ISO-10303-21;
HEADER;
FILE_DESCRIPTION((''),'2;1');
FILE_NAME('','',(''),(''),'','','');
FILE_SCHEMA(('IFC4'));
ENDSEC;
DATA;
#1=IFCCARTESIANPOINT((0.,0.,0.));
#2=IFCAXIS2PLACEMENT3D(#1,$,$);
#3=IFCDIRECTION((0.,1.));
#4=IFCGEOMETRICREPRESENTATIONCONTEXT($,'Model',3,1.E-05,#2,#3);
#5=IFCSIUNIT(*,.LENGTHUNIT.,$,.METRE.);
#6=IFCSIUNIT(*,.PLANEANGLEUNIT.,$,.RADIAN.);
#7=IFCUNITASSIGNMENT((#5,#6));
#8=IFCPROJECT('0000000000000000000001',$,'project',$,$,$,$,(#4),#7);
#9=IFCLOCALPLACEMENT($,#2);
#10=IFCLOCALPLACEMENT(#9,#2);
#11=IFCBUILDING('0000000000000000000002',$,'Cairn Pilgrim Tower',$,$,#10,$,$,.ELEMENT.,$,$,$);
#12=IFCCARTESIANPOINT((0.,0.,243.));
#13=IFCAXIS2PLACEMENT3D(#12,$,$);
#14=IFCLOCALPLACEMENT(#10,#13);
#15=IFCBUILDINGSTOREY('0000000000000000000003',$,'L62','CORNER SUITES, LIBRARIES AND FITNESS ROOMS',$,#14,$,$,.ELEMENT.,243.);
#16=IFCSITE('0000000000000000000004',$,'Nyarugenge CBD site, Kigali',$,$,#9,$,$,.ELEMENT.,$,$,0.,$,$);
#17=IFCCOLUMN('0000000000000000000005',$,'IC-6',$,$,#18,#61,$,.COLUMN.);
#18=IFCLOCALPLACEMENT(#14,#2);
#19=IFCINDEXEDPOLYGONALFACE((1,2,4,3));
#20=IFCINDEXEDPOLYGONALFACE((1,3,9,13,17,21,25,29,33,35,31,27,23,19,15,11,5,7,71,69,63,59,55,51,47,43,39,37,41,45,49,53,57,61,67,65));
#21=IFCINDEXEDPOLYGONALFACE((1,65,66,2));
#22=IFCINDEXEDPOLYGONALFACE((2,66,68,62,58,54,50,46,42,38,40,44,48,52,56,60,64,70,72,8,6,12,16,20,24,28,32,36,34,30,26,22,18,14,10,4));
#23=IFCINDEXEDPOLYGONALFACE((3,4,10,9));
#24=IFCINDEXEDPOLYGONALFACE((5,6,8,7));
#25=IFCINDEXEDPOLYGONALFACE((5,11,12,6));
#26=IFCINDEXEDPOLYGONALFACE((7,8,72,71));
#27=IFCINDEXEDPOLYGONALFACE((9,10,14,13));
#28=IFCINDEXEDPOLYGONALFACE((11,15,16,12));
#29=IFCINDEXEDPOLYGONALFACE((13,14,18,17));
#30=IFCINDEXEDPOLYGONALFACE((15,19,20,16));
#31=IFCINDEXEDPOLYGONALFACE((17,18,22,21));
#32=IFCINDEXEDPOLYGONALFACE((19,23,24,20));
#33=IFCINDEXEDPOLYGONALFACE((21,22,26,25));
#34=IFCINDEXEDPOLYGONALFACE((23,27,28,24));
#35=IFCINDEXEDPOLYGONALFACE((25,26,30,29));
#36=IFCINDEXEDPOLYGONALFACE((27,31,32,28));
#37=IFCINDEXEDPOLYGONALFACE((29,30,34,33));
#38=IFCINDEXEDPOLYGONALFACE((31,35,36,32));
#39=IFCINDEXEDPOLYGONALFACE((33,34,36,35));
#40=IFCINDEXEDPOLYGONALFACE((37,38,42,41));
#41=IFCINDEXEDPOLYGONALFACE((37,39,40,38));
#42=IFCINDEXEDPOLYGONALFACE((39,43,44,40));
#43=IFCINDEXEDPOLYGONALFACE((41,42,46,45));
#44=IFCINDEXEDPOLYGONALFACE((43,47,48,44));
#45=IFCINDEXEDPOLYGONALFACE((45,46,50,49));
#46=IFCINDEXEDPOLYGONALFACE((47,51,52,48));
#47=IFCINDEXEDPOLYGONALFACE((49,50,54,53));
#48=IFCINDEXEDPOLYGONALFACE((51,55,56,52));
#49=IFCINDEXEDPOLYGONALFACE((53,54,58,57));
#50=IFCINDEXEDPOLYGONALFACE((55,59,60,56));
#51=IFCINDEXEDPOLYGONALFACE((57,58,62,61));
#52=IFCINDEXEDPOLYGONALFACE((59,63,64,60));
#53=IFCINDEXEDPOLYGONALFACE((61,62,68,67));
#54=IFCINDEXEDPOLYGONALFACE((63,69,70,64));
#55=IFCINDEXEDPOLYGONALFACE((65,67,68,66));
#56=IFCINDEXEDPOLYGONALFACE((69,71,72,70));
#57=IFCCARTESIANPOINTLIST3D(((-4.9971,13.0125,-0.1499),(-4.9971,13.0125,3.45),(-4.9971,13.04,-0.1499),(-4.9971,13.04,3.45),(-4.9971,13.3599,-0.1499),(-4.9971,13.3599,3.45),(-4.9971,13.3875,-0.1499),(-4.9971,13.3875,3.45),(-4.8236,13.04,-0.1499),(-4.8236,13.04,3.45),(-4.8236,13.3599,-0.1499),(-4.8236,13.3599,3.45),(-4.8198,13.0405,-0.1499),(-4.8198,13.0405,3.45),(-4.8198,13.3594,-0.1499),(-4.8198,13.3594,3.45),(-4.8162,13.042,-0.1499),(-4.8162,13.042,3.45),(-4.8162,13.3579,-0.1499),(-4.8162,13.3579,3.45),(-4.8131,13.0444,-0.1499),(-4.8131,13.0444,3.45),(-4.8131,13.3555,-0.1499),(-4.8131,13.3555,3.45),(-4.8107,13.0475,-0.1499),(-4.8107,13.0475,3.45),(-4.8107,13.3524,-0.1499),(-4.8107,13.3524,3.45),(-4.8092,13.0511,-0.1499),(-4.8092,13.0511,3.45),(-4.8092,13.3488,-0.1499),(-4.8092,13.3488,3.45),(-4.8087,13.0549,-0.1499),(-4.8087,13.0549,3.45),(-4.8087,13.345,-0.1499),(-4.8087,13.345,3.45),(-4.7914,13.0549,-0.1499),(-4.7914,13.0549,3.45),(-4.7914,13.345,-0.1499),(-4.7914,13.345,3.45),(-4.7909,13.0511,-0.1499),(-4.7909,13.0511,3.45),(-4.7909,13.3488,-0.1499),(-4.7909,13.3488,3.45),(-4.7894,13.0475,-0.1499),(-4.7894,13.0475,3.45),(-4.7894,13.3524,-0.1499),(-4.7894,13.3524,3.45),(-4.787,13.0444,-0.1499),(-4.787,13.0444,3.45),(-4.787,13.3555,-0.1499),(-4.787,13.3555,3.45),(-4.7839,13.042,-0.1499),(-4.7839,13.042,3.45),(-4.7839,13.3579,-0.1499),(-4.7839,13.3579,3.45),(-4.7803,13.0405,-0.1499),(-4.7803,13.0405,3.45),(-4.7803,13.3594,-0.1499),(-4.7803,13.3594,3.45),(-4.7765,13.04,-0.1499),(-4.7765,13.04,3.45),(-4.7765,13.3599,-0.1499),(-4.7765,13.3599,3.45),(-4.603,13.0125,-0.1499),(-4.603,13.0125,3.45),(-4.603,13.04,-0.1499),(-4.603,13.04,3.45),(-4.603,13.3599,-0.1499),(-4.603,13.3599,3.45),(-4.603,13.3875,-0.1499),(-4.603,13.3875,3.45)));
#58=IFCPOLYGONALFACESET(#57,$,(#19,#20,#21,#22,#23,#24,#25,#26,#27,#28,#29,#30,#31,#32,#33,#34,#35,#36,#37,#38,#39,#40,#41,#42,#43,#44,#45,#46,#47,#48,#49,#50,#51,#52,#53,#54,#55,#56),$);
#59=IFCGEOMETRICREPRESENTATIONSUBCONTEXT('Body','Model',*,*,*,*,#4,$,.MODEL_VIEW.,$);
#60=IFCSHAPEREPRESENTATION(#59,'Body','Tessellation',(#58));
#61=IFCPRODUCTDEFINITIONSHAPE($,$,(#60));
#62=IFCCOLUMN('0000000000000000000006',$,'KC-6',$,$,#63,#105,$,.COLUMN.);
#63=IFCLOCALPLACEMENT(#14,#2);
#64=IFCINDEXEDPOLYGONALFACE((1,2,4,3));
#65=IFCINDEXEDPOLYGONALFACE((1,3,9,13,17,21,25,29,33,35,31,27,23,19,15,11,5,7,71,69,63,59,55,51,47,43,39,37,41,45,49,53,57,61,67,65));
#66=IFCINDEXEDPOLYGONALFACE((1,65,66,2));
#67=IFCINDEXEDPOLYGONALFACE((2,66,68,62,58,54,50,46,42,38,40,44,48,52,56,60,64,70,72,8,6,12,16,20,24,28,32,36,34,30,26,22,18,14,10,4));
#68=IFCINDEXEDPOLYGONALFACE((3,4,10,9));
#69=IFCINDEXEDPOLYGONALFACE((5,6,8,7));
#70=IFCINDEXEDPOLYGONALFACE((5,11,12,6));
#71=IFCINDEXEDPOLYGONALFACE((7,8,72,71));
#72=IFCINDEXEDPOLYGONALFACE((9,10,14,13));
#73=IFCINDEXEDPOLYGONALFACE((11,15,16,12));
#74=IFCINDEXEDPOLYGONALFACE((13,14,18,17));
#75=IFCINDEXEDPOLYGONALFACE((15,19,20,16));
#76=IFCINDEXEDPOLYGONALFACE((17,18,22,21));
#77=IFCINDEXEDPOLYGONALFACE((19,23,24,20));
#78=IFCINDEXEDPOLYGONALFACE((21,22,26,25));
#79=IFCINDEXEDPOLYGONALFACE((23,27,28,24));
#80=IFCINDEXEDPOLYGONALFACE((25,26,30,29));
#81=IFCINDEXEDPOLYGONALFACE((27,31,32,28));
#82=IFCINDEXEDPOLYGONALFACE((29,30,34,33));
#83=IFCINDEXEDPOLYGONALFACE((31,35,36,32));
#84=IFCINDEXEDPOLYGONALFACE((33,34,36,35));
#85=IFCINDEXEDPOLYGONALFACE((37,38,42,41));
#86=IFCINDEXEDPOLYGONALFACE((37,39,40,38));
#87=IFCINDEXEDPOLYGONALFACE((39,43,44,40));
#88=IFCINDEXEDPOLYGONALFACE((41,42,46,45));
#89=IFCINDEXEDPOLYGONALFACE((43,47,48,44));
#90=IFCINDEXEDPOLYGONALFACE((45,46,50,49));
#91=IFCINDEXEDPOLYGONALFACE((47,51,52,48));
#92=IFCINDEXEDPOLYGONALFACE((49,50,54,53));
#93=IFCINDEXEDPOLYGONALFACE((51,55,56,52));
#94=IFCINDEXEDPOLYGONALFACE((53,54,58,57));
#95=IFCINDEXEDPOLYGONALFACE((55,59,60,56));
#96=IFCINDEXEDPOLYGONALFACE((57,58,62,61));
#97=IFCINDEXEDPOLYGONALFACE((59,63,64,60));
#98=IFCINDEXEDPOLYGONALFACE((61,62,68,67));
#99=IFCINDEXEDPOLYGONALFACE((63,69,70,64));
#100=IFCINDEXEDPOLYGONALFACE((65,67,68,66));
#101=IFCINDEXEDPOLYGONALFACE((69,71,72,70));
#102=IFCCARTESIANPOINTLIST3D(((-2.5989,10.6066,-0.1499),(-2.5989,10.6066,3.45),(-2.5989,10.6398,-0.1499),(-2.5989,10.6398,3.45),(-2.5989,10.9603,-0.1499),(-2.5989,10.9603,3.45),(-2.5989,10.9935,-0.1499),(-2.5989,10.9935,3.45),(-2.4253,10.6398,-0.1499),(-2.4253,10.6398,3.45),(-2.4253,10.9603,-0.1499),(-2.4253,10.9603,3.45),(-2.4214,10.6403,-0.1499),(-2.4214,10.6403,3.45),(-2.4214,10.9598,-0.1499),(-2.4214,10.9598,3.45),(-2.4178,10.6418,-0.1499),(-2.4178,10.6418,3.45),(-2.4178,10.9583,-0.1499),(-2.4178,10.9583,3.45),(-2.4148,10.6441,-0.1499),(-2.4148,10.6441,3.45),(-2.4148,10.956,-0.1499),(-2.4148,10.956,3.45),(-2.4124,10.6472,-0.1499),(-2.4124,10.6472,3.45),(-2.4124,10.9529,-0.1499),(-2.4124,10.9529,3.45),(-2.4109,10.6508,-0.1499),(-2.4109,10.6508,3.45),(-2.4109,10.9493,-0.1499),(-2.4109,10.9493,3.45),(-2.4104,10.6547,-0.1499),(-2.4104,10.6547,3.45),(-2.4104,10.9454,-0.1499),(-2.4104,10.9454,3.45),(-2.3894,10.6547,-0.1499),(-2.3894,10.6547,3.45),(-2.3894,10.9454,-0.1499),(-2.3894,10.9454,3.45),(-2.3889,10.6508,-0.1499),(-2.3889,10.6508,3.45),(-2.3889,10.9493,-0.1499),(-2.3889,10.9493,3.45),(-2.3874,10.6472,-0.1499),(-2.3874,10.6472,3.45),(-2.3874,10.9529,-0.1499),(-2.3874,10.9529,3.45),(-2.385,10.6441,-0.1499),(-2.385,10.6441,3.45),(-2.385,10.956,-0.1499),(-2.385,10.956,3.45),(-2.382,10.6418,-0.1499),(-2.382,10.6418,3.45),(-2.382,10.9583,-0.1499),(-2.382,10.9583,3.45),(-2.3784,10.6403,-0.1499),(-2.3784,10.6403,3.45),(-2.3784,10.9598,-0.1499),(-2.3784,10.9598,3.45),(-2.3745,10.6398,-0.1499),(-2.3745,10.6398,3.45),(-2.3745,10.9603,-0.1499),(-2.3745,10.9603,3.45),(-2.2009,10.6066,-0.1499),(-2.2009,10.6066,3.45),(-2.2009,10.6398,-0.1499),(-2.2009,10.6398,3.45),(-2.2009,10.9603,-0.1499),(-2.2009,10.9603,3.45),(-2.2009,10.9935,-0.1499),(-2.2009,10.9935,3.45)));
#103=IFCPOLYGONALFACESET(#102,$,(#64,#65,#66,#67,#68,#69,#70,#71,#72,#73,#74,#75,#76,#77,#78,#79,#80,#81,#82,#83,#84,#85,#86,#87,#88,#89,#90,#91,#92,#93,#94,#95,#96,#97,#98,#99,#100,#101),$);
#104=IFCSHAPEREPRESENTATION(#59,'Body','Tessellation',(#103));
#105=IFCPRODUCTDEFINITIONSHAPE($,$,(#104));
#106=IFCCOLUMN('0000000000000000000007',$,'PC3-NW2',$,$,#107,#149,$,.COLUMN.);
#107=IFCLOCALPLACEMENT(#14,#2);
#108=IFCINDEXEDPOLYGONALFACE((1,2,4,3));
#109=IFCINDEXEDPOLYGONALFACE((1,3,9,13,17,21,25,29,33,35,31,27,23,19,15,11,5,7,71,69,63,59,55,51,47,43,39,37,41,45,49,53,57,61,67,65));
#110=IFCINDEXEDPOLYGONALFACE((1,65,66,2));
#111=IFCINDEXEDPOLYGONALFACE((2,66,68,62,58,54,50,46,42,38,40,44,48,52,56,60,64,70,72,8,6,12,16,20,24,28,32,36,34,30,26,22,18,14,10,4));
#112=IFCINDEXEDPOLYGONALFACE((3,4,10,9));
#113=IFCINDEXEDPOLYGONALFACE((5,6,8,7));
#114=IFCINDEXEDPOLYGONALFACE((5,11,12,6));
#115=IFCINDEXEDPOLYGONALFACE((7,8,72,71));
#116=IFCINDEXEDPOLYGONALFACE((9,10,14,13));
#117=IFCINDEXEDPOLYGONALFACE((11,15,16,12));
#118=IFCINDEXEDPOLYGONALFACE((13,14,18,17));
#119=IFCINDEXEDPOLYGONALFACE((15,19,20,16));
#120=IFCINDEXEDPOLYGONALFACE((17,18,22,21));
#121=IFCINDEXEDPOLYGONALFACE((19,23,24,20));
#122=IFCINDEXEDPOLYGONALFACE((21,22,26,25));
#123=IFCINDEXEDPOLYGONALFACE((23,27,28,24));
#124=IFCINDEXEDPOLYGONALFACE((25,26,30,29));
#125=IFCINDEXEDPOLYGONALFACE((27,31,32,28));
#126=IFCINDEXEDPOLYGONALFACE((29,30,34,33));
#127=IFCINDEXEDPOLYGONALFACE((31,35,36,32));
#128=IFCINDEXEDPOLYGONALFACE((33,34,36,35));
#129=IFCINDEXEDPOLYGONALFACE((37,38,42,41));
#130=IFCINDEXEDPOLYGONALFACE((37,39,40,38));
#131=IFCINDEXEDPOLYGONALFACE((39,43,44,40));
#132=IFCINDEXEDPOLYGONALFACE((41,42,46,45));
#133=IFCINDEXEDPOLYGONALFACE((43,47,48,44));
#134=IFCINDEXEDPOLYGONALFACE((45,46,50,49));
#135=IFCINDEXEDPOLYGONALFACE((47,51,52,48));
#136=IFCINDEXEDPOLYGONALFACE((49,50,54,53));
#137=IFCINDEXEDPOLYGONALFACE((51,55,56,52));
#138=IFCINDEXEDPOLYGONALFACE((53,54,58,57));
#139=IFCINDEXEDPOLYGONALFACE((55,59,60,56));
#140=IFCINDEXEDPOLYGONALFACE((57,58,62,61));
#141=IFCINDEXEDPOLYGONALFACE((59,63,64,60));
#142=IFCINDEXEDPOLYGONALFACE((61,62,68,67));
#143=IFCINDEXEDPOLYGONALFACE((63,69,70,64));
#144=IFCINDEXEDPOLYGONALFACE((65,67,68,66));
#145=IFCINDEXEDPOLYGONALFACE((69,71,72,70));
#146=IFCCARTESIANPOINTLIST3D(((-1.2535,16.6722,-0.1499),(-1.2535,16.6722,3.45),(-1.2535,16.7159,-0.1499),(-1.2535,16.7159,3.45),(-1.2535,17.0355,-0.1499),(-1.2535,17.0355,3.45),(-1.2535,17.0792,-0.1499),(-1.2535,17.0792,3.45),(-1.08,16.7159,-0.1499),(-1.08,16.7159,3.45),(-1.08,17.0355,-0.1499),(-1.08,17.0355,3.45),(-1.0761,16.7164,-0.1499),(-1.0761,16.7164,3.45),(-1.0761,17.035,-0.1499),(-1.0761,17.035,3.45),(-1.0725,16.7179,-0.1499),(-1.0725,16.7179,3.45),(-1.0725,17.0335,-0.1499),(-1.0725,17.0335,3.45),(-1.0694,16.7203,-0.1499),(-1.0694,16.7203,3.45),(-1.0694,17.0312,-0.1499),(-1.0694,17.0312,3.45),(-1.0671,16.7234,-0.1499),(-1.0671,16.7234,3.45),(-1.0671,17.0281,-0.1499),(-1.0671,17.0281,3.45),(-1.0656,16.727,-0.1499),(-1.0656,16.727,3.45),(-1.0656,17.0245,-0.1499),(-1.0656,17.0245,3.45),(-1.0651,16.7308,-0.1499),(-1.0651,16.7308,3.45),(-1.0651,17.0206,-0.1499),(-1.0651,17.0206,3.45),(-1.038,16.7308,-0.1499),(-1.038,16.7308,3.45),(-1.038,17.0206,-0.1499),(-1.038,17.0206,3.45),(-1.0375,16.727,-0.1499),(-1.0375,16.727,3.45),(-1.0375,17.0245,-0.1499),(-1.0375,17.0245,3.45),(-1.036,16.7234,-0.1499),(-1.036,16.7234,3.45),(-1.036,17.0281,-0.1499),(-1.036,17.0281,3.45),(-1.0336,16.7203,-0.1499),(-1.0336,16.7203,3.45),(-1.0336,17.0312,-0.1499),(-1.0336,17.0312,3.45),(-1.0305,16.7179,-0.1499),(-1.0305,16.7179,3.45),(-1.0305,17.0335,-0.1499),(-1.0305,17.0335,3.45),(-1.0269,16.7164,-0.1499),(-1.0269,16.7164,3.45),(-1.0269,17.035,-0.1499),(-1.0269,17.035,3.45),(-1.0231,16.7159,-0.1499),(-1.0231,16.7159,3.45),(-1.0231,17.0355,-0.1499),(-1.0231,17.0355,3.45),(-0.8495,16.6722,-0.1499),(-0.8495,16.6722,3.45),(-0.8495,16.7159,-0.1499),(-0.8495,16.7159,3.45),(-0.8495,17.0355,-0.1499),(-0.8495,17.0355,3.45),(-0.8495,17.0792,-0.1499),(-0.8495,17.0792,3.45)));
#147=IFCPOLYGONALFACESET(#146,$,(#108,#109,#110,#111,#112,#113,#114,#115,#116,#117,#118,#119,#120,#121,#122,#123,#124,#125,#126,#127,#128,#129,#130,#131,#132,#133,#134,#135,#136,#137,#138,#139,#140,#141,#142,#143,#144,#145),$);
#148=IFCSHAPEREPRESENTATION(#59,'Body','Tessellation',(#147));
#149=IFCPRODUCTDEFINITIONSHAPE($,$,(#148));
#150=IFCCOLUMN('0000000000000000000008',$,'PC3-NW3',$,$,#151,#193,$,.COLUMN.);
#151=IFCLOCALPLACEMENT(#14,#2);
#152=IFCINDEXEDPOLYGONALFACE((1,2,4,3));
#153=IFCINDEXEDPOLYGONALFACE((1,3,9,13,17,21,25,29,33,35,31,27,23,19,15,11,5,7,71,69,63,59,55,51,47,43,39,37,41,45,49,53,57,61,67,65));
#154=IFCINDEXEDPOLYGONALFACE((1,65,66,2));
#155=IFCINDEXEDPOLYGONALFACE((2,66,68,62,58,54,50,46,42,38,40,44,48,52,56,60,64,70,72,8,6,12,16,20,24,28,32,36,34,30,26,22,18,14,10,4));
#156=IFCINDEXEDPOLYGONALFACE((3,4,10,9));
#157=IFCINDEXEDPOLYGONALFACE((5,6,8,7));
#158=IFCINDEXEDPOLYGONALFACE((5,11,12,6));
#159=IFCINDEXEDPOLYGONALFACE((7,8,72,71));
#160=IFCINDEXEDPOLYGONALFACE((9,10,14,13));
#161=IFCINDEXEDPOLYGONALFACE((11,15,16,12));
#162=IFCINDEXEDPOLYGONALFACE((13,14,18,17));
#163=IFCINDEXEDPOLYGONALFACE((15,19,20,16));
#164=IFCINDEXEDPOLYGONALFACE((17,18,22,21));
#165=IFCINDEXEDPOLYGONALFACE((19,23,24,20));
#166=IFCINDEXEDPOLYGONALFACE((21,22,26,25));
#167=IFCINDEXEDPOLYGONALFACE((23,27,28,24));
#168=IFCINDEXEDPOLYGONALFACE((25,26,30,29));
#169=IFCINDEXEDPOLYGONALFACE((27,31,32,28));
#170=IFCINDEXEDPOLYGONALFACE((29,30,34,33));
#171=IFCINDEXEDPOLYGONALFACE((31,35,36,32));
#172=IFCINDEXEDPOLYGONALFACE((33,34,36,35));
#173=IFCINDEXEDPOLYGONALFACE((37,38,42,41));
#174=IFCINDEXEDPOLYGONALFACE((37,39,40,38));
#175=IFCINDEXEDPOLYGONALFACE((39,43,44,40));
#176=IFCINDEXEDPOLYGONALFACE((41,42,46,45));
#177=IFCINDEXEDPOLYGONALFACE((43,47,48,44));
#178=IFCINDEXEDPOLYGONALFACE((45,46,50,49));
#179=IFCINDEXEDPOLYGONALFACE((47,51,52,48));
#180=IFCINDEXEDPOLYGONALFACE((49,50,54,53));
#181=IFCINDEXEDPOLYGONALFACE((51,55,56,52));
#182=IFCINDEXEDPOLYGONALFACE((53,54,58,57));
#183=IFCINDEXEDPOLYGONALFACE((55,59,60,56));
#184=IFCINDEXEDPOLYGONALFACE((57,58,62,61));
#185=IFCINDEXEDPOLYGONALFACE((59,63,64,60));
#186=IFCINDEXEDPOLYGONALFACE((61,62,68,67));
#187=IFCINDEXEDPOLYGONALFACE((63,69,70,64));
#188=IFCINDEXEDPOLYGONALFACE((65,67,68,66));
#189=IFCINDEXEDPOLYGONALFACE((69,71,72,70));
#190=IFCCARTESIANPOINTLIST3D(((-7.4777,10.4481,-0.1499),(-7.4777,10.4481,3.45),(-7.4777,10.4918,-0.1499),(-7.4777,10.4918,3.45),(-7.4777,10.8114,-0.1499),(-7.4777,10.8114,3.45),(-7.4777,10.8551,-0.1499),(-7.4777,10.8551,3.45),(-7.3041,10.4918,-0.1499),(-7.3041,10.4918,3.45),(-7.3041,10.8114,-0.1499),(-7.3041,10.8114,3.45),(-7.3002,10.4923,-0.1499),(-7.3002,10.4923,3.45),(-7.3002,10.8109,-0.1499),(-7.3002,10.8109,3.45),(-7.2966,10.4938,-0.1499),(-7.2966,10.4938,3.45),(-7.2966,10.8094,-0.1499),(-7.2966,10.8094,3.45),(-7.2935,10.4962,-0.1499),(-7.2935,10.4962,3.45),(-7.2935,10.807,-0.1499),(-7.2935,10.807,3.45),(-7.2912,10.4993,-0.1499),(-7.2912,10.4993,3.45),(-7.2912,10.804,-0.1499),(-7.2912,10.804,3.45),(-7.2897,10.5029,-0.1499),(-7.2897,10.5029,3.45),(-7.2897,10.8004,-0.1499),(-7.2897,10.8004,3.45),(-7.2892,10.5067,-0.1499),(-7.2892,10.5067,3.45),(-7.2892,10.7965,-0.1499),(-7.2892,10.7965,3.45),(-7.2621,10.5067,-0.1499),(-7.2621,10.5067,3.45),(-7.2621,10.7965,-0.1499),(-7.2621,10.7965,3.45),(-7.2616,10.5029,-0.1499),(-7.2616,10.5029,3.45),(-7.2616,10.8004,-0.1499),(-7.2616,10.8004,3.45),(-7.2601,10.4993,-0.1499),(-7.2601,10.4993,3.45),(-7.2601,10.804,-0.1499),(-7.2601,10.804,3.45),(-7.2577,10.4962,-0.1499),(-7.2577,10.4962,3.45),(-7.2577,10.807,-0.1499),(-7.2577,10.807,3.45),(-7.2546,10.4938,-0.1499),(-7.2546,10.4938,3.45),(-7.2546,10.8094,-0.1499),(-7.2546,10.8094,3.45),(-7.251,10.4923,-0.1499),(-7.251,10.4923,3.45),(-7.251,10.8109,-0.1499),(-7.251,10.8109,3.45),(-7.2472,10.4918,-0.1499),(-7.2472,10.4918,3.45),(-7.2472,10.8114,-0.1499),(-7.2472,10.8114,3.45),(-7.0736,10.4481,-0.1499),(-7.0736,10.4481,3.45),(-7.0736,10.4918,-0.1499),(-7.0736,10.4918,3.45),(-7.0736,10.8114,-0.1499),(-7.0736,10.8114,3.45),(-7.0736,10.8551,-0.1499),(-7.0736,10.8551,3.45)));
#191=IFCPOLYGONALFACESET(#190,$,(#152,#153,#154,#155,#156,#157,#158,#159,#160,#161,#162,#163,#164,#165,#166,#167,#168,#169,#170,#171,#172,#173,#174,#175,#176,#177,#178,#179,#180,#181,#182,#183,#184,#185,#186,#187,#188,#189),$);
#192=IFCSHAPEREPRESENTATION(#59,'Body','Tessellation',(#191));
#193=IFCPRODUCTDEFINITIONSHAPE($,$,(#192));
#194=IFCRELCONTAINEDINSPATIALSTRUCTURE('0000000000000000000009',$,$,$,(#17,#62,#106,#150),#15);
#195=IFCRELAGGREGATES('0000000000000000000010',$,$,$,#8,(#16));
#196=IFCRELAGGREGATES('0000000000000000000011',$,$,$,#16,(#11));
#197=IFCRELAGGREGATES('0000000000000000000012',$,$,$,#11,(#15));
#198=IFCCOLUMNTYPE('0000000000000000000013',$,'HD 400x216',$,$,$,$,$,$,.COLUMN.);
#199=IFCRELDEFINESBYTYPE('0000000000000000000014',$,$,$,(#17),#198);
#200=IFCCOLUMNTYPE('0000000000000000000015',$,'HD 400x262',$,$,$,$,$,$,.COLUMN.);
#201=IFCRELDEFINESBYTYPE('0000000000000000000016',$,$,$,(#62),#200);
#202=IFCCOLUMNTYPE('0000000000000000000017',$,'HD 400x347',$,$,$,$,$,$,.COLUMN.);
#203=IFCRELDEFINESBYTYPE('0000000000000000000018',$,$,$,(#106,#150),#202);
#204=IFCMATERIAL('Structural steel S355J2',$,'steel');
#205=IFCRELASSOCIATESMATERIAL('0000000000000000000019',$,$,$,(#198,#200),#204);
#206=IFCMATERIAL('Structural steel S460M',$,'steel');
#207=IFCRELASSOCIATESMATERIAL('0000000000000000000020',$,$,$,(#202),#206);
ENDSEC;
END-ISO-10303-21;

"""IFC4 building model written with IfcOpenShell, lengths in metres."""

from ifc_helpers import new_model, si_unit, direction, frame, origin, origin_2d, place, context, subcontext, project, spatial, i_section, extrude, material, material_profile, profile_set, type_object, element, save


model = new_model("IFC4")

# Units and contexts
model_context = context("Model", 3, precision=1e-05, world=origin(), true_north=direction((0.0, 1.0)))
body_context = subcontext(model_context, "Body", "Model", "MODEL_VIEW")
ifc_project = project(units=[si_unit("LENGTHUNIT", "METRE"), si_unit("PLANEANGLEUNIT", "RADIAN")], contexts=[model_context])

# Site, building, storey
site_placement = place(None, origin())
site = spatial("IfcSite", under=ifc_project, at=site_placement, Name="Nyarugenge CBD site, Kigali", CompositionType="ELEMENT", RefElevation=0.0)
building_placement = place(site_placement, origin())
building = spatial("IfcBuilding", under=site, at=building_placement, Name="Cairn Pilgrim Tower", CompositionType="ELEMENT")
storey_placement = place(building_placement, frame((0.0, 0.0, 243.0)))
storey = spatial("IfcBuildingStorey", under=building, at=storey_placement, Name="L62", Description="CORNER SUITES, LIBRARIES AND FITNESS ROOMS", CompositionType="ELEMENT", Elevation=243.0)

# Columns
ifc_material_1 = material(Name="Structural steel S355J2", Category="steel")
ifc_material_profile_1 = material_profile(ifc_material_1, i_section(OverallWidth=0.394, OverallDepth=0.375, WebThickness=0.0173, FlangeThickness=0.0276, FilletRadius=0.0149, at=origin_2d()), Name="HD 400x216")
ifc_profile_set_1 = profile_set([ifc_material_profile_1], Name="Structural steel S355J2")
column_type_1 = type_object("IfcColumnType", Name="HD 400x216", PredefinedType="COLUMN", material=ifc_profile_set_1)
column_1_placement = place(storey_placement, frame((-4.8, 13.2, -0.1499), z_axis=(0.0, 0.0, 1.0), x_axis=(1.0, 0.0, 0.0)))
element("IfcColumn", 1, at=column_1_placement, inside=storey, type_object=column_type_1, Name="IC-6", PredefinedType="COLUMN", context=body_context, shape_type="SweptSolid", body=[
    extrude(i_section(OverallWidth=0.394, OverallDepth=0.375, WebThickness=0.0173, FlangeThickness=0.0276, FilletRadius=0.0149, at=origin_2d()), origin(), (0.0, 0.0, 1.0), 3.5999),
])
ifc_material_profile_2 = material_profile(ifc_material_1, i_section(OverallWidth=0.3979, OverallDepth=0.387, WebThickness=0.021, FlangeThickness=0.0332, FilletRadius=0.0149, at=origin_2d()), Name="HD 400x262")
ifc_profile_set_2 = profile_set([ifc_material_profile_2], Name="Structural steel S355J2")
column_type_2 = type_object("IfcColumnType", Name="HD 400x262", PredefinedType="COLUMN", material=ifc_profile_set_2)
column_2_placement = place(storey_placement, frame((-2.3999, 10.8, -0.1499), z_axis=(0.0, 0.0, 1.0), x_axis=(1.0, 0.0, 0.0)))
element("IfcColumn", 2, at=column_2_placement, inside=storey, type_object=column_type_2, Name="KC-6", PredefinedType="COLUMN", context=body_context, shape_type="SweptSolid", body=[
    extrude(i_section(OverallWidth=0.3979, OverallDepth=0.387, WebThickness=0.021, FlangeThickness=0.0332, FilletRadius=0.0149, at=origin_2d()), origin(), (0.0, 0.0, 1.0), 3.5999),
])
ifc_material_2 = material(Name="Structural steel S460M", Category="steel")
ifc_material_profile_3 = material_profile(ifc_material_2, i_section(OverallWidth=0.4041, OverallDepth=0.407, WebThickness=0.0271, FlangeThickness=0.0437, FilletRadius=0.0149, at=origin_2d()), Name="HD 400x347")
ifc_profile_set_3 = profile_set([ifc_material_profile_3], Name="Structural steel S460M")
column_type_3 = type_object("IfcColumnType", Name="HD 400x347", PredefinedType="COLUMN", material=ifc_profile_set_3)
for number, where, z_axis, x_axis, name in (
    (3, (-1.0515, 16.8757, -0.1499), (0.0, 0.0, 1.0), (1.0, 0.0, 0.0), "PC3-NW2"),
    (4, (-7.2756, 10.6516, -0.1499), (0.0, 0.0, 1.0), (1.0, 0.0, 0.0), "PC3-NW3"),
):
    element("IfcColumn", number, at=place(storey_placement, frame(where, z_axis=z_axis, x_axis=x_axis)), inside=storey, type_object=column_type_3, Name=name, PredefinedType="COLUMN", context=body_context, shape_type="SweptSolid", body=[
        extrude(i_section(OverallWidth=0.4041, OverallDepth=0.407, WebThickness=0.0271, FlangeThickness=0.0437, FilletRadius=0.0149, at=origin_2d()), origin(), (0.0, 0.0, 1.0), 3.5999),
    ])

save(model, "model.ifc")
